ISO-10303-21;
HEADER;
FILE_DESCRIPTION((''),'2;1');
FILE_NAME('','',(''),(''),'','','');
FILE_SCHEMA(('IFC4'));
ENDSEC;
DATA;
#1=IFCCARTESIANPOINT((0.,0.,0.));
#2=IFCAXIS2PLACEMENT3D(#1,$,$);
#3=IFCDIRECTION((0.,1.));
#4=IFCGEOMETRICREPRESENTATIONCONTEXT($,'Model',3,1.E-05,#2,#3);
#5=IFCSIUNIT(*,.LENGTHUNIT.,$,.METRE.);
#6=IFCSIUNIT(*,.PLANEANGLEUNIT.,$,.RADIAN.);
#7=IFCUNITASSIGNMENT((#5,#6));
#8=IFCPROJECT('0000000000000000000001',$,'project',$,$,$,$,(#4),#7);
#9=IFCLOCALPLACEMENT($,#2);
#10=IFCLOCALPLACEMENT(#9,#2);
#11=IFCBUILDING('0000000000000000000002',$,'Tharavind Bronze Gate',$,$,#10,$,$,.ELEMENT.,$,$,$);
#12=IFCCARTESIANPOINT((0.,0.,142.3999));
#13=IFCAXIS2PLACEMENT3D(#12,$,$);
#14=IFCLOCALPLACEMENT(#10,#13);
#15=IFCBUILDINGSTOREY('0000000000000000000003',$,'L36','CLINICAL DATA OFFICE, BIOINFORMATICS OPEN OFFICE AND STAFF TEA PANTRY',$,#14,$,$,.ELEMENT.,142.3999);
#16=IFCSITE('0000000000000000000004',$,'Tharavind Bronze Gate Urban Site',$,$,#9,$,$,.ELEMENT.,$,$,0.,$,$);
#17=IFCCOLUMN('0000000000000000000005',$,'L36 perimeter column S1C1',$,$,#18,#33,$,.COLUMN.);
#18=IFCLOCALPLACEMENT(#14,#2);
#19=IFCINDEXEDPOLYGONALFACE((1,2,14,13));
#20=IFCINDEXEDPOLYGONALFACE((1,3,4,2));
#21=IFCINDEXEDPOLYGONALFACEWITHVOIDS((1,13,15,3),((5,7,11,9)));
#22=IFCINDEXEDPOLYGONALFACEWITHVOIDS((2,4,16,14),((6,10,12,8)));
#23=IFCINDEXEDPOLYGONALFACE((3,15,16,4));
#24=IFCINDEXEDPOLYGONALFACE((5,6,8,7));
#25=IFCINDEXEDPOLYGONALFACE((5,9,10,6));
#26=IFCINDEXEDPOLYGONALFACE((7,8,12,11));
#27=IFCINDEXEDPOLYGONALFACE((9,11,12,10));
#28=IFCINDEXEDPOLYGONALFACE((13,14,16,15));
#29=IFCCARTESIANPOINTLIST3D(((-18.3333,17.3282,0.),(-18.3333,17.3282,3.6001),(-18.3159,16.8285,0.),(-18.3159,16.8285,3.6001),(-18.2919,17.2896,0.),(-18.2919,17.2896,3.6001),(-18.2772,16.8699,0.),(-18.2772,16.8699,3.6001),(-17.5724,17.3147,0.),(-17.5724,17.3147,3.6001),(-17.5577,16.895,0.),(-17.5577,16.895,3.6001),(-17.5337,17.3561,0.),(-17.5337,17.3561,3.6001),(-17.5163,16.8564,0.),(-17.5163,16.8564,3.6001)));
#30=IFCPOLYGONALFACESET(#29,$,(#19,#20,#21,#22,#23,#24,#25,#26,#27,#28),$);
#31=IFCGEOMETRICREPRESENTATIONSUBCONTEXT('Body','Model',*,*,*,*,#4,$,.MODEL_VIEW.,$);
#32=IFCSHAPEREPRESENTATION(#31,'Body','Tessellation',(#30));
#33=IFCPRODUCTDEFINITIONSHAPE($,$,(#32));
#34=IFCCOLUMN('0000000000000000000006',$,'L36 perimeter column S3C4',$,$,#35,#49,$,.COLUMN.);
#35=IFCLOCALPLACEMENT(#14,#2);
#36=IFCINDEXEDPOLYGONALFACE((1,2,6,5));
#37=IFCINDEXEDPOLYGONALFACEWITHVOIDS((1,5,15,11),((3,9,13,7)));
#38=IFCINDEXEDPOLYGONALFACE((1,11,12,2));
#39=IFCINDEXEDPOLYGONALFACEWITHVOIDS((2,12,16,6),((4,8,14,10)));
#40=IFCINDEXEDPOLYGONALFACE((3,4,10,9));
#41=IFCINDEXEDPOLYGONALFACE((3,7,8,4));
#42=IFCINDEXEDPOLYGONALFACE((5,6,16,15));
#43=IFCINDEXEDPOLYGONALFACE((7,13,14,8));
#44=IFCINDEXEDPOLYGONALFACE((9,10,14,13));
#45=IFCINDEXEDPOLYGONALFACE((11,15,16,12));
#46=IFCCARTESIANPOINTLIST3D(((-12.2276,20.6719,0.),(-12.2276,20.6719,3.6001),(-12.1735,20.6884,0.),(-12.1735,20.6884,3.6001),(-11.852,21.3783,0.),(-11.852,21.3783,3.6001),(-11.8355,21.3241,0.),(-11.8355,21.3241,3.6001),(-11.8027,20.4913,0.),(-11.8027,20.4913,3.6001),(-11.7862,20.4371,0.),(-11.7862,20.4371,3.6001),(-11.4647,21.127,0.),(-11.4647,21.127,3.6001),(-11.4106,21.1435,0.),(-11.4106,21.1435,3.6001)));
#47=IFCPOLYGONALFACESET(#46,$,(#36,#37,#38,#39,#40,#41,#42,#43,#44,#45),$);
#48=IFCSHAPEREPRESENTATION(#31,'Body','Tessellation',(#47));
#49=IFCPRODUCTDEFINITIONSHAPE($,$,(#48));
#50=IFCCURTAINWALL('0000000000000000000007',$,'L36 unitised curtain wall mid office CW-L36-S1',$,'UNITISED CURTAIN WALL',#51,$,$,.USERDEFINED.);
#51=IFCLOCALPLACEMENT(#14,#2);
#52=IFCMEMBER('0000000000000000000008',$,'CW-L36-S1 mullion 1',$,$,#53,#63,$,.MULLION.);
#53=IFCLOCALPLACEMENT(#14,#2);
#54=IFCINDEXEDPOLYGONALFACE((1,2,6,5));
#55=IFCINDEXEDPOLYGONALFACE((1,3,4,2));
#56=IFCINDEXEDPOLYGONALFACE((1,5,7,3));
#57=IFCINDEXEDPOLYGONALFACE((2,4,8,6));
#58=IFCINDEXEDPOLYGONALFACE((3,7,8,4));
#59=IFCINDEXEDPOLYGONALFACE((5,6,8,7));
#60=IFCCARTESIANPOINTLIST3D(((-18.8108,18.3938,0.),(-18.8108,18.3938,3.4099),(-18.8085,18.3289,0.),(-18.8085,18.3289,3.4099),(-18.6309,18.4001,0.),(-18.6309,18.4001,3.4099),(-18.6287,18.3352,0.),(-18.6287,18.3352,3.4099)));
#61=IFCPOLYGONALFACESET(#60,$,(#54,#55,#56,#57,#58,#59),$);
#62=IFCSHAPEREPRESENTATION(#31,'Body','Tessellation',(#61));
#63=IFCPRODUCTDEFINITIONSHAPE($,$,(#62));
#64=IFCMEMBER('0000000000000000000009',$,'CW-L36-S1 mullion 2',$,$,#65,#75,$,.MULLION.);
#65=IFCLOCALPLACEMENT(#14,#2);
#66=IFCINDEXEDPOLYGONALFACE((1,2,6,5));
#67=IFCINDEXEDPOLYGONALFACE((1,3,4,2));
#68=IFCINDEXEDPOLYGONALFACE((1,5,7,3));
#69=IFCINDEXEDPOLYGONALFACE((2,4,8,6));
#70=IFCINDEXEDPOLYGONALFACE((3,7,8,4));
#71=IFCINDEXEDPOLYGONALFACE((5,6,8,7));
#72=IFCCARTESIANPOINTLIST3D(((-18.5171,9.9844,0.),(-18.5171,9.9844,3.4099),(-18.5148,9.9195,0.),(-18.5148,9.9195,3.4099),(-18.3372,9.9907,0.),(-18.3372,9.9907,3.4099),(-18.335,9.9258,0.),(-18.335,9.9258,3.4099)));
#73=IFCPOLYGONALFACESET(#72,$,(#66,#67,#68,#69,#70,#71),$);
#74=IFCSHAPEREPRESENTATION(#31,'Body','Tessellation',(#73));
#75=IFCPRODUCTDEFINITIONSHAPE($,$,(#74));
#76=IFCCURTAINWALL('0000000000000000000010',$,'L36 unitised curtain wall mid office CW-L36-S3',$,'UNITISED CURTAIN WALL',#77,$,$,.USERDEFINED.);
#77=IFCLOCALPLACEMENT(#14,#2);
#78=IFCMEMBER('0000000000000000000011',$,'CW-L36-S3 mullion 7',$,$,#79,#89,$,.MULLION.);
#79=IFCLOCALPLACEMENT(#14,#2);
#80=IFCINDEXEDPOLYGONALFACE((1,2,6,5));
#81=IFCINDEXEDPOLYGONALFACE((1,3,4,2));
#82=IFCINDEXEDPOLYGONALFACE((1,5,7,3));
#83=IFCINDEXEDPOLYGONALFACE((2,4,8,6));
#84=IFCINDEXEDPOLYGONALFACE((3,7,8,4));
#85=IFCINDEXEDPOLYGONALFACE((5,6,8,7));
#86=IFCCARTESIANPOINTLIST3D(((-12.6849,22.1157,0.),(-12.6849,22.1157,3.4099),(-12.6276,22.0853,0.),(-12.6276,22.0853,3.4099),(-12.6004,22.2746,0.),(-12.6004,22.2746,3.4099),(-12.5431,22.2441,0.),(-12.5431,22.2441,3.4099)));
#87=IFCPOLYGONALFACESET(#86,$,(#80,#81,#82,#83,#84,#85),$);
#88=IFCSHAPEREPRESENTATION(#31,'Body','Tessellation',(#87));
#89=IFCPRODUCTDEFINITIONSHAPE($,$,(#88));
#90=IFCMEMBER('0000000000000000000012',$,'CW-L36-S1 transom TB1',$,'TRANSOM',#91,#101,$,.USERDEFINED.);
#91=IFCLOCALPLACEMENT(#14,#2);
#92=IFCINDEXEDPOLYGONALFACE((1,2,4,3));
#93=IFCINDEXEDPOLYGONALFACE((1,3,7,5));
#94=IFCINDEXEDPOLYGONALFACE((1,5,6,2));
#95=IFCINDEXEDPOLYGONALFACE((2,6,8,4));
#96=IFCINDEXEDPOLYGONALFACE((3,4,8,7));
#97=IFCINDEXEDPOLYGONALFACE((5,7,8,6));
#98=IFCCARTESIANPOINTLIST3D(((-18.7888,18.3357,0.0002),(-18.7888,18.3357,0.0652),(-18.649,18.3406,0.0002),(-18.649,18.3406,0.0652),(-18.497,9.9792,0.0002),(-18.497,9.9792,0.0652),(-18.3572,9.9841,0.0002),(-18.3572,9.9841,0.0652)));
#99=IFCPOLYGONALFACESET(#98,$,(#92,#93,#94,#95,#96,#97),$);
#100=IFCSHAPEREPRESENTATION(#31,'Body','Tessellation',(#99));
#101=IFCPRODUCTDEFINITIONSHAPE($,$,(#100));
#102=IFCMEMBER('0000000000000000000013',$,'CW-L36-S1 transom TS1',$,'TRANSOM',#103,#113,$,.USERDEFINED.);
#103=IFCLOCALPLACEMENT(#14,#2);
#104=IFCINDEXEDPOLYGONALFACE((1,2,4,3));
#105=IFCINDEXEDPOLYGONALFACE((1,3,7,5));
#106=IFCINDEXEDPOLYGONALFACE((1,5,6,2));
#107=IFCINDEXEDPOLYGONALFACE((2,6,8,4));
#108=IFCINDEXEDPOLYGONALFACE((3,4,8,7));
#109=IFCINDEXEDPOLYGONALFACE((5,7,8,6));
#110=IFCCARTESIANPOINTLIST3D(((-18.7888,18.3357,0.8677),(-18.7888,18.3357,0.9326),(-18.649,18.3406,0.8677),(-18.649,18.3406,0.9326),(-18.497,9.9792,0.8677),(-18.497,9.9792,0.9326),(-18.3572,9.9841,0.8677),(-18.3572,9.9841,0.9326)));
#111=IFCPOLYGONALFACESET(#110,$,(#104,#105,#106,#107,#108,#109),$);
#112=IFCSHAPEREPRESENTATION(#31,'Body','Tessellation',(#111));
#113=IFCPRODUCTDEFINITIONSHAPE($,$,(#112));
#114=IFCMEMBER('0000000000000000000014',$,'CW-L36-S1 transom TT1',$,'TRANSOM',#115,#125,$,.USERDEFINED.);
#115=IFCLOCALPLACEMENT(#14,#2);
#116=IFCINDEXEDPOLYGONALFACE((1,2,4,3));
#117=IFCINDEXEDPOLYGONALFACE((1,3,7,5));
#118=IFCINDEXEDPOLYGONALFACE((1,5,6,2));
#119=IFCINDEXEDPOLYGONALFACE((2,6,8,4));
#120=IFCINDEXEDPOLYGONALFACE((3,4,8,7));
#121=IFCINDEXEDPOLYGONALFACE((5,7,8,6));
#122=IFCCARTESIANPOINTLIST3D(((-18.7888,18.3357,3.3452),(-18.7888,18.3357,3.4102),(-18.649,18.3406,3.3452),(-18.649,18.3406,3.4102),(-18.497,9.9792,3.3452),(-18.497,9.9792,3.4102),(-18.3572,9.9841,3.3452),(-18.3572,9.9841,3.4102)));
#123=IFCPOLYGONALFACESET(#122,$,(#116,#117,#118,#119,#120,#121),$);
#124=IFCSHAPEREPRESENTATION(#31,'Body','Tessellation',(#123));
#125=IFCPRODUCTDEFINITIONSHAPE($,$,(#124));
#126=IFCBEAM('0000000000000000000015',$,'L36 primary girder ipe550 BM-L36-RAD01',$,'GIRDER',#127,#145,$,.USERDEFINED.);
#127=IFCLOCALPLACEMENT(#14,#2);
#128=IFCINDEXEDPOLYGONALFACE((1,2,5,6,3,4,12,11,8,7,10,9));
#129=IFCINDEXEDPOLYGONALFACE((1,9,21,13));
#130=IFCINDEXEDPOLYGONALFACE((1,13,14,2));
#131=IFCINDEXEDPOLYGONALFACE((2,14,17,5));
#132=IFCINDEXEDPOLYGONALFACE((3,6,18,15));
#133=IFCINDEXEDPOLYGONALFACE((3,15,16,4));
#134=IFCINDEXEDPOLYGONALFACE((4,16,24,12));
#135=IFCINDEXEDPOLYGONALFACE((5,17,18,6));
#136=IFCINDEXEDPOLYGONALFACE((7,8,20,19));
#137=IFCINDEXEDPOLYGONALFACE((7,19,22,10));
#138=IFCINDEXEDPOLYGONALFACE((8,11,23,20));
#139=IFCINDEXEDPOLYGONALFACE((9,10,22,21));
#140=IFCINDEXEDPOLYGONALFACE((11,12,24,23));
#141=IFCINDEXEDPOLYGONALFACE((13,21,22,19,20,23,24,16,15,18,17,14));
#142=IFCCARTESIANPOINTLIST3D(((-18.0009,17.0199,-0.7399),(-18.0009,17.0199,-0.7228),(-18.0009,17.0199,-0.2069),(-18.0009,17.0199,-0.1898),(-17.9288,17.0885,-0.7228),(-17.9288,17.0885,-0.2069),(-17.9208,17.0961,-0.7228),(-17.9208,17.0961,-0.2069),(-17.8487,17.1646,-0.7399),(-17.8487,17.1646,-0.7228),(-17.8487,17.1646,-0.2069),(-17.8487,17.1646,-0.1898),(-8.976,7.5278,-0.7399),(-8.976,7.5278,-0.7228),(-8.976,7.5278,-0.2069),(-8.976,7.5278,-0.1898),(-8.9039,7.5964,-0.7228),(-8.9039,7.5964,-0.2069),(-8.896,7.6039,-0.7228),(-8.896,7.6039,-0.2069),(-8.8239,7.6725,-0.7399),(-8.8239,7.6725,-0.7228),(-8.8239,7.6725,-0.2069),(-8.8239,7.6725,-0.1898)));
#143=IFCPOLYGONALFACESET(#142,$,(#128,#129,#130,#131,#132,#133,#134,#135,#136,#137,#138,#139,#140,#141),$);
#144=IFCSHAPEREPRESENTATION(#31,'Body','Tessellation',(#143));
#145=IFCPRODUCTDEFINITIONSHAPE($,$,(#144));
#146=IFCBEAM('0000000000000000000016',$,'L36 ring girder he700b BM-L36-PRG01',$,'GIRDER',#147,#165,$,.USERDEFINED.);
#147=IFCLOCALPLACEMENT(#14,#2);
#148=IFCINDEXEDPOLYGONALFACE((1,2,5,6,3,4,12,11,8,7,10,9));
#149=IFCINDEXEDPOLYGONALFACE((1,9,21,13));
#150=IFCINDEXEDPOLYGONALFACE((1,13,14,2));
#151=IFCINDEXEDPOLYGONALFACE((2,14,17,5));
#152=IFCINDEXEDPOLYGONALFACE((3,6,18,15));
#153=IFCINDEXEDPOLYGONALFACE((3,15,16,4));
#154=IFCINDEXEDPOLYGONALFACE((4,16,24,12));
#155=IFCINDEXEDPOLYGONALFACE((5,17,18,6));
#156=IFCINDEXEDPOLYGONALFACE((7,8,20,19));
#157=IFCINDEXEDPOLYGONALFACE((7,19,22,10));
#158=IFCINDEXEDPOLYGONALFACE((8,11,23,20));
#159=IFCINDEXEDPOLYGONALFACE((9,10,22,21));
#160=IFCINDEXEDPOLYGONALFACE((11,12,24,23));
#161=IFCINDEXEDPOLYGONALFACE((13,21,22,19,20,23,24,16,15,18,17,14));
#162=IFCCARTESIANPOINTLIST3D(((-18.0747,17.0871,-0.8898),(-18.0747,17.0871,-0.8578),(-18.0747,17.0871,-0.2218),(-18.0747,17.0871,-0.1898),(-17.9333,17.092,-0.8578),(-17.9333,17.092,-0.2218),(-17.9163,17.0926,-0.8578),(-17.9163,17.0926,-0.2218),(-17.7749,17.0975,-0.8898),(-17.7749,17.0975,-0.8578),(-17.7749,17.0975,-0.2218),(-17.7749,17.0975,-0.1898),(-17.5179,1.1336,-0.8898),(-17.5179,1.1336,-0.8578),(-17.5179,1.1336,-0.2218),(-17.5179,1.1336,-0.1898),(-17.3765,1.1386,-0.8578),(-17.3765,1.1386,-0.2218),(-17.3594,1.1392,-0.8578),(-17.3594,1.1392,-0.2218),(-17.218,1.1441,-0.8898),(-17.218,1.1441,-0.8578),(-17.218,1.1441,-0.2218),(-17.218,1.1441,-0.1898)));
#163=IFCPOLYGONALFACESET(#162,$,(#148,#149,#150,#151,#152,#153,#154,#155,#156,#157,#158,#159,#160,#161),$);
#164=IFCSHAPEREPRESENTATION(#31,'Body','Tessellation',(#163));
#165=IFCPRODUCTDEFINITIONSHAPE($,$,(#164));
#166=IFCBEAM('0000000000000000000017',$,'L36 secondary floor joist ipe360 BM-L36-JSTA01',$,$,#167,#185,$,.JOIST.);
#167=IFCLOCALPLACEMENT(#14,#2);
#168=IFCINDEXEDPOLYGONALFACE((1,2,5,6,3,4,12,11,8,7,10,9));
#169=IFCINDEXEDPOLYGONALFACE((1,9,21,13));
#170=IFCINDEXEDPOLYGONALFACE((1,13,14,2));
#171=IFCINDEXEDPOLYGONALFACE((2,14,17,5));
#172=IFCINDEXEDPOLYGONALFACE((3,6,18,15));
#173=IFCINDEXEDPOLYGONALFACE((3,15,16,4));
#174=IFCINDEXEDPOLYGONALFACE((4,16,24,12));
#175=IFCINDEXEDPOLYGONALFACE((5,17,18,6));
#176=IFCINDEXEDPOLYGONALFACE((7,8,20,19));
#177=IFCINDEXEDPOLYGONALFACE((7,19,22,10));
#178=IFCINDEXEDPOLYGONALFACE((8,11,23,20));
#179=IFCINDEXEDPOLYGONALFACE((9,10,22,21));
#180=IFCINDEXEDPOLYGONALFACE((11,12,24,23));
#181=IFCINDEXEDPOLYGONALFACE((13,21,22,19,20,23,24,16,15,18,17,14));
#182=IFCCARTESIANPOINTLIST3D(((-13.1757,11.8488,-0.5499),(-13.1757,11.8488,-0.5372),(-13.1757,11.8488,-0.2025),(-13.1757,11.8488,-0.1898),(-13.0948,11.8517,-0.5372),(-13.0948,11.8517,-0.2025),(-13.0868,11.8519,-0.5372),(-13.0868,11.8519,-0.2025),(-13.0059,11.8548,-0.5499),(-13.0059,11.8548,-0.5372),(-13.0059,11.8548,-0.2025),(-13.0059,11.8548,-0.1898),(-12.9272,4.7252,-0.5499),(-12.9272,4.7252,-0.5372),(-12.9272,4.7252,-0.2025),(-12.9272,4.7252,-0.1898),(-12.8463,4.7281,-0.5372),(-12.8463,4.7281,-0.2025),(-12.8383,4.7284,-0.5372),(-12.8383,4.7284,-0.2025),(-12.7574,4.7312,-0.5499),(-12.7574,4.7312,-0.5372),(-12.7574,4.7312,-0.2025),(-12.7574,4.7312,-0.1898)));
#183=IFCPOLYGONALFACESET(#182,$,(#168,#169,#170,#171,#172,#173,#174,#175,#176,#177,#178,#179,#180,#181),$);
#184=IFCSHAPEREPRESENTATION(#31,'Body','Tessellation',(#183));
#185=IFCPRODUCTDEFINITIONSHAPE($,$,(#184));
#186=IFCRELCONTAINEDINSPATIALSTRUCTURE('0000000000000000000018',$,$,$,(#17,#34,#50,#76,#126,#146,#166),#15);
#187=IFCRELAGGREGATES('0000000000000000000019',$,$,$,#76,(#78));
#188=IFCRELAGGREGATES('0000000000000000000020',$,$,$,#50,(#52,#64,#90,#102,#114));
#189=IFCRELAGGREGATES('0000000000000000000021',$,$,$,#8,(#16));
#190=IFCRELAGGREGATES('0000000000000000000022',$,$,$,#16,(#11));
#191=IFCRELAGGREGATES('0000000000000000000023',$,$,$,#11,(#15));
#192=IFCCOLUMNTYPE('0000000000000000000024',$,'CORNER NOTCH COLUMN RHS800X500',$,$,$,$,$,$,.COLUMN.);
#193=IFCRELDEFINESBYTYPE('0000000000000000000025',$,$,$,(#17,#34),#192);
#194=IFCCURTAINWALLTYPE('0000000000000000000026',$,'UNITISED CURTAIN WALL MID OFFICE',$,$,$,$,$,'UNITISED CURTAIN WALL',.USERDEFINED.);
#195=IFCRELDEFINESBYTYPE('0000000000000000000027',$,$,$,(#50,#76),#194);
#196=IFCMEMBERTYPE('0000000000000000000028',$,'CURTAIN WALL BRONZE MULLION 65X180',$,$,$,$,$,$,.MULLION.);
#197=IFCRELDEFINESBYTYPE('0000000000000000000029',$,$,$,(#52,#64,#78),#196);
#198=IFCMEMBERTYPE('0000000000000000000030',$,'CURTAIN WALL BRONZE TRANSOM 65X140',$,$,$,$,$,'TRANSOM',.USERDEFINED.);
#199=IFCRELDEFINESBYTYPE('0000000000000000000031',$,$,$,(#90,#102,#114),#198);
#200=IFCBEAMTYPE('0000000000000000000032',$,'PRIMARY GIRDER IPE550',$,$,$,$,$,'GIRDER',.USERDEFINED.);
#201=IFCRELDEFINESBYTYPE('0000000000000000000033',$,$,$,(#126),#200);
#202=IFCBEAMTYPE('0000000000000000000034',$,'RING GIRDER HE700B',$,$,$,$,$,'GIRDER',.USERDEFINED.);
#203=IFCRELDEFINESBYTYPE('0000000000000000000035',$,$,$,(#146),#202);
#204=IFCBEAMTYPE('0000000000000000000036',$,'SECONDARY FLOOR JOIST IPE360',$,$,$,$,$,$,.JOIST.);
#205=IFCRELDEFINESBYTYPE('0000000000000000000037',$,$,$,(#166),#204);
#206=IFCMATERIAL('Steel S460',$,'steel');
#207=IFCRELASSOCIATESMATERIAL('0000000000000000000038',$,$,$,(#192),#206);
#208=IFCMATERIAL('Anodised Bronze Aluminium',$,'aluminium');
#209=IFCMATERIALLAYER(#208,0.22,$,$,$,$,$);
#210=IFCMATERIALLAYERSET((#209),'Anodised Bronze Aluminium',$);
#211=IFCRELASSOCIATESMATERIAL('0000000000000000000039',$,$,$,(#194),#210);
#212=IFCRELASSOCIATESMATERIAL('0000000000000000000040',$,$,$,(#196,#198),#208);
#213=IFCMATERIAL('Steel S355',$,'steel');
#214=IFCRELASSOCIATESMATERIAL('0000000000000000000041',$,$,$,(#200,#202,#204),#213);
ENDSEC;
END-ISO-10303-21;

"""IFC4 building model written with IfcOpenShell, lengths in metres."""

from ifc_helpers import new_model, si_unit, direction, frame, origin, origin_2d, place, context, subcontext, project, spatial, rectangle, hollow_rectangle, i_section, extrude, material, layer, layer_set, material_profile, profile_set, type_object, element, aggregate, save


model = new_model("IFC4")

# Units and contexts
model_context = context("Model", 3, precision=1e-05, world=origin(), true_north=direction((0.0, 1.0)))
body_context = subcontext(model_context, "Body", "Model", "MODEL_VIEW")
ifc_project = project(units=[si_unit("LENGTHUNIT", "METRE"), si_unit("PLANEANGLEUNIT", "RADIAN")], contexts=[model_context])

# Site, building, storey
site_placement = place(None, origin())
site = spatial("IfcSite", under=ifc_project, at=site_placement, Name="Tharavind Bronze Gate Urban Site", CompositionType="ELEMENT", RefElevation=0.0)
building_placement = place(site_placement, origin())
building = spatial("IfcBuilding", under=site, at=building_placement, Name="Tharavind Bronze Gate", CompositionType="ELEMENT")
storey_placement = place(building_placement, frame((0.0, 0.0, 142.3999)))
storey = spatial("IfcBuildingStorey", under=building, at=storey_placement, Name="L36", Description="CLINICAL DATA OFFICE, BIOINFORMATICS OPEN OFFICE AND STAFF TEA PANTRY", CompositionType="ELEMENT", Elevation=142.3999)

# Columns
ifc_material_1 = material(Name="Steel S460", Category="steel")
ifc_material_profile_1 = material_profile(ifc_material_1, hollow_rectangle(XDim=0.5, YDim=0.8, WallThickness=0.04, at=origin_2d()), Name="RHS800X500X40")
ifc_profile_set_1 = profile_set([ifc_material_profile_1], Name="Steel S460")
column_type = type_object("IfcColumnType", Name="CORNER NOTCH COLUMN RHS800X500", PredefinedType="COLUMN", material=ifc_profile_set_1)
for number, where, z_axis, x_axis, name in (
    (1, (-17.9248, 17.0923, 0.0), (0.0, 0.0, 1.0), (-0.034899, 0.999391, 0.0), "L36 perimeter column S1C1"),
    (2, (-11.8191, 20.9077, 0.0), (0.0, 0.0, 1.0), (-0.882948, 0.46947, 0.0), "L36 perimeter column S3C4"),
):
    element("IfcColumn", number, at=place(storey_placement, frame(where, z_axis=z_axis, x_axis=x_axis)), inside=storey, type_object=column_type, Name=name, PredefinedType="COLUMN", context=body_context, shape_type="SweptSolid", body=[
        extrude(hollow_rectangle(XDim=0.5, YDim=0.8, WallThickness=0.04, at=origin_2d()), origin(), (0.0, 0.0, 1.0), 3.6001),
    ])

# Curtain wall, members
ifc_material_2 = material(Name="Anodised Bronze Aluminium", Category="aluminium")
ifc_layer_1 = layer(ifc_material_2, 0.22)
ifc_layer_set_1 = layer_set([ifc_layer_1], Name="Anodised Bronze Aluminium")
curtain_wall_type = type_object("IfcCurtainWallType", Name="UNITISED CURTAIN WALL MID OFFICE", ElementType="UNITISED CURTAIN WALL", PredefinedType="USERDEFINED", material=ifc_layer_set_1)
curtain_wall_1_placement = place(storey_placement, origin())
curtain_wall_1 = element("IfcCurtainWall", 3, at=curtain_wall_1_placement, inside=storey, type_object=curtain_wall_type, Name="L36 unitised curtain wall mid office CW-L36-S1", ObjectType="UNITISED CURTAIN WALL", PredefinedType="USERDEFINED")
member_type_1 = type_object("IfcMemberType", Name="CURTAIN WALL BRONZE MULLION 65X180", PredefinedType="MULLION", material=ifc_material_2)
member_1_placement = place(storey_placement, frame((-18.7197, 18.3645, 0.0), z_axis=(0.0, 0.0, 1.0), x_axis=(0.034899, -0.999391, 0.0)))
member_1 = element("IfcMember", 4, at=member_1_placement, type_object=member_type_1, Name="CW-L36-S1 mullion 1", PredefinedType="MULLION", context=body_context, shape_type="SweptSolid", body=[
    extrude(rectangle(XDim=0.0649, YDim=0.1799, at=origin_2d()), origin(), (0.0, 0.0, 1.0), 3.4099),
])
member_2_placement = place(storey_placement, frame((-18.426, 9.9551, 0.0), z_axis=(0.0, 0.0, 1.0), x_axis=(0.034899, -0.999391, 0.0)))
member_2 = element("IfcMember", 5, at=member_2_placement, type_object=member_type_1, Name="CW-L36-S1 mullion 2", PredefinedType="MULLION", context=body_context, shape_type="SweptSolid", body=[
    extrude(rectangle(XDim=0.0649, YDim=0.1799, at=origin_2d()), origin(), (0.0, 0.0, 1.0), 3.4099),
])

# Curtain wall, member
curtain_wall_2_placement = place(storey_placement, origin())
curtain_wall_2 = element("IfcCurtainWall", 6, at=curtain_wall_2_placement, inside=storey, type_object=curtain_wall_type, Name="L36 unitised curtain wall mid office CW-L36-S3", ObjectType="UNITISED CURTAIN WALL", PredefinedType="USERDEFINED")
member_3_placement = place(storey_placement, frame((-12.614, 22.1799, 0.0), z_axis=(0.0, 0.0, 1.0), x_axis=(-0.882948, 0.469472, 0.0)))
member_3 = element("IfcMember", 7, at=member_3_placement, type_object=member_type_1, Name="CW-L36-S3 mullion 7", PredefinedType="MULLION", context=body_context, shape_type="SweptSolid", body=[
    extrude(rectangle(XDim=0.0649, YDim=0.1799, at=origin_2d()), origin(), (0.0, 0.0, 1.0), 3.4099),
])
aggregate(curtain_wall_2, [member_3])

# Members
member_type_2 = type_object("IfcMemberType", Name="CURTAIN WALL BRONZE TRANSOM 65X140", ElementType="TRANSOM", PredefinedType="USERDEFINED", material=ifc_material_2)
member_4_placement = place(storey_placement, frame((-18.573, 14.1599, 0.0002), z_axis=(0.0, 0.0, 1.0), x_axis=(0.034899, -0.999391, 0.0)))
member_4 = element("IfcMember", 8, at=member_4_placement, type_object=member_type_2, Name="CW-L36-S1 transom TB1", ObjectType="TRANSOM", PredefinedType="USERDEFINED", context=body_context, shape_type="SweptSolid", body=[
    extrude(rectangle(XDim=8.3616, YDim=0.1399, at=origin_2d()), origin(), (0.0, 0.0, 1.0), 0.0649),
])
member_5_placement = place(storey_placement, frame((-18.573, 14.1599, 0.8677), z_axis=(0.0, 0.0, 1.0), x_axis=(0.034899, -0.999391, 0.0)))
member_5 = element("IfcMember", 9, at=member_5_placement, type_object=member_type_2, Name="CW-L36-S1 transom TS1", ObjectType="TRANSOM", PredefinedType="USERDEFINED", context=body_context, shape_type="SweptSolid", body=[
    extrude(rectangle(XDim=8.3616, YDim=0.1399, at=origin_2d()), origin(), (0.0, 0.0, 1.0), 0.0649),
])
member_6_placement = place(storey_placement, frame((-18.573, 14.1599, 3.3452), z_axis=(0.0, 0.0, 1.0), x_axis=(0.034899, -0.999391, 0.0)))
member_6 = element("IfcMember", 10, at=member_6_placement, type_object=member_type_2, Name="CW-L36-S1 transom TT1", ObjectType="TRANSOM", PredefinedType="USERDEFINED", context=body_context, shape_type="SweptSolid", body=[
    extrude(rectangle(XDim=8.3616, YDim=0.1399, at=origin_2d()), origin(), (0.0, 0.0, 1.0), 0.0649),
])

# Beams
ifc_material_3 = material(Name="Steel S355", Category="steel")
ifc_material_profile_2 = material_profile(ifc_material_3, i_section(OverallWidth=0.21, OverallDepth=0.55, WebThickness=0.011, FlangeThickness=0.0171, at=origin_2d()), Name="IPE550")
ifc_profile_set_2 = profile_set([ifc_material_profile_2], Name="Steel S355")
beam_type_1 = type_object("IfcBeamType", Name="PRIMARY GIRDER IPE550", ElementType="GIRDER", PredefinedType="USERDEFINED", material=ifc_profile_set_2)
beam_1_placement = place(storey_placement, frame((-17.9248, 17.0923, -0.4648), z_axis=(0.689043, -0.72472, 0.0), x_axis=(0.72472, 0.689043, 0.0)))
element("IfcBeam", 11, at=beam_1_placement, inside=storey, type_object=beam_type_1, Name="L36 primary girder ipe550 BM-L36-RAD01", ObjectType="GIRDER", PredefinedType="USERDEFINED", context=body_context, shape_type="SweptSolid", body=[
    extrude(i_section(OverallWidth=0.21, OverallDepth=0.55, WebThickness=0.011, FlangeThickness=0.0171, at=origin_2d()), origin(), (0.0, 0.0, 1.0), 13.0977),
])
ifc_material_profile_3 = material_profile(ifc_material_3, i_section(OverallWidth=0.3, OverallDepth=0.7, WebThickness=0.0171, FlangeThickness=0.032, at=origin_2d()), Name="HE700B")
ifc_profile_set_3 = profile_set([ifc_material_profile_3], Name="Steel S355")
beam_type_2 = type_object("IfcBeamType", Name="RING GIRDER HE700B", ElementType="GIRDER", PredefinedType="USERDEFINED", material=ifc_profile_set_3)
beam_2_placement = place(storey_placement, frame((-17.9248, 17.0923, -0.5398), z_axis=(0.034886, -0.999391, 0.0), x_axis=(0.999391, 0.034886, 0.0)))
element("IfcBeam", 12, at=beam_2_placement, inside=storey, type_object=beam_type_2, Name="L36 ring girder he700b BM-L36-PRG01", ObjectType="GIRDER", PredefinedType="USERDEFINED", context=body_context, shape_type="SweptSolid", body=[
    extrude(i_section(OverallWidth=0.3, OverallDepth=0.7, WebThickness=0.0171, FlangeThickness=0.032, at=origin_2d()), origin(), (0.0, 0.0, 1.0), 15.9631),
])
ifc_material_profile_4 = material_profile(ifc_material_3, i_section(OverallWidth=0.1699, OverallDepth=0.3601, WebThickness=0.0081, FlangeThickness=0.0127, at=origin_2d()), Name="IPE360")
ifc_profile_set_4 = profile_set([ifc_material_profile_4], Name="Steel S355")
beam_type_3 = type_object("IfcBeamType", Name="SECONDARY FLOOR JOIST IPE360", PredefinedType="JOIST", material=ifc_profile_set_4)
beam_3_placement = place(storey_placement, frame((-13.0908, 11.8518, -0.3699), z_axis=(0.034868, -0.999392, 0.0), x_axis=(0.999392, 0.034868, 0.0)))
element("IfcBeam", 13, at=beam_3_placement, inside=storey, type_object=beam_type_3, Name="L36 secondary floor joist ipe360 BM-L36-JSTA01", PredefinedType="JOIST", context=body_context, shape_type="SweptSolid", body=[
    extrude(i_section(OverallWidth=0.1699, OverallDepth=0.3601, WebThickness=0.0081, FlangeThickness=0.0127, at=origin_2d()), origin(), (0.0, 0.0, 1.0), 7.1279),
])

aggregate(curtain_wall_1, [member_1, member_2, member_4, member_5, member_6])

save(model, "model.ifc")
